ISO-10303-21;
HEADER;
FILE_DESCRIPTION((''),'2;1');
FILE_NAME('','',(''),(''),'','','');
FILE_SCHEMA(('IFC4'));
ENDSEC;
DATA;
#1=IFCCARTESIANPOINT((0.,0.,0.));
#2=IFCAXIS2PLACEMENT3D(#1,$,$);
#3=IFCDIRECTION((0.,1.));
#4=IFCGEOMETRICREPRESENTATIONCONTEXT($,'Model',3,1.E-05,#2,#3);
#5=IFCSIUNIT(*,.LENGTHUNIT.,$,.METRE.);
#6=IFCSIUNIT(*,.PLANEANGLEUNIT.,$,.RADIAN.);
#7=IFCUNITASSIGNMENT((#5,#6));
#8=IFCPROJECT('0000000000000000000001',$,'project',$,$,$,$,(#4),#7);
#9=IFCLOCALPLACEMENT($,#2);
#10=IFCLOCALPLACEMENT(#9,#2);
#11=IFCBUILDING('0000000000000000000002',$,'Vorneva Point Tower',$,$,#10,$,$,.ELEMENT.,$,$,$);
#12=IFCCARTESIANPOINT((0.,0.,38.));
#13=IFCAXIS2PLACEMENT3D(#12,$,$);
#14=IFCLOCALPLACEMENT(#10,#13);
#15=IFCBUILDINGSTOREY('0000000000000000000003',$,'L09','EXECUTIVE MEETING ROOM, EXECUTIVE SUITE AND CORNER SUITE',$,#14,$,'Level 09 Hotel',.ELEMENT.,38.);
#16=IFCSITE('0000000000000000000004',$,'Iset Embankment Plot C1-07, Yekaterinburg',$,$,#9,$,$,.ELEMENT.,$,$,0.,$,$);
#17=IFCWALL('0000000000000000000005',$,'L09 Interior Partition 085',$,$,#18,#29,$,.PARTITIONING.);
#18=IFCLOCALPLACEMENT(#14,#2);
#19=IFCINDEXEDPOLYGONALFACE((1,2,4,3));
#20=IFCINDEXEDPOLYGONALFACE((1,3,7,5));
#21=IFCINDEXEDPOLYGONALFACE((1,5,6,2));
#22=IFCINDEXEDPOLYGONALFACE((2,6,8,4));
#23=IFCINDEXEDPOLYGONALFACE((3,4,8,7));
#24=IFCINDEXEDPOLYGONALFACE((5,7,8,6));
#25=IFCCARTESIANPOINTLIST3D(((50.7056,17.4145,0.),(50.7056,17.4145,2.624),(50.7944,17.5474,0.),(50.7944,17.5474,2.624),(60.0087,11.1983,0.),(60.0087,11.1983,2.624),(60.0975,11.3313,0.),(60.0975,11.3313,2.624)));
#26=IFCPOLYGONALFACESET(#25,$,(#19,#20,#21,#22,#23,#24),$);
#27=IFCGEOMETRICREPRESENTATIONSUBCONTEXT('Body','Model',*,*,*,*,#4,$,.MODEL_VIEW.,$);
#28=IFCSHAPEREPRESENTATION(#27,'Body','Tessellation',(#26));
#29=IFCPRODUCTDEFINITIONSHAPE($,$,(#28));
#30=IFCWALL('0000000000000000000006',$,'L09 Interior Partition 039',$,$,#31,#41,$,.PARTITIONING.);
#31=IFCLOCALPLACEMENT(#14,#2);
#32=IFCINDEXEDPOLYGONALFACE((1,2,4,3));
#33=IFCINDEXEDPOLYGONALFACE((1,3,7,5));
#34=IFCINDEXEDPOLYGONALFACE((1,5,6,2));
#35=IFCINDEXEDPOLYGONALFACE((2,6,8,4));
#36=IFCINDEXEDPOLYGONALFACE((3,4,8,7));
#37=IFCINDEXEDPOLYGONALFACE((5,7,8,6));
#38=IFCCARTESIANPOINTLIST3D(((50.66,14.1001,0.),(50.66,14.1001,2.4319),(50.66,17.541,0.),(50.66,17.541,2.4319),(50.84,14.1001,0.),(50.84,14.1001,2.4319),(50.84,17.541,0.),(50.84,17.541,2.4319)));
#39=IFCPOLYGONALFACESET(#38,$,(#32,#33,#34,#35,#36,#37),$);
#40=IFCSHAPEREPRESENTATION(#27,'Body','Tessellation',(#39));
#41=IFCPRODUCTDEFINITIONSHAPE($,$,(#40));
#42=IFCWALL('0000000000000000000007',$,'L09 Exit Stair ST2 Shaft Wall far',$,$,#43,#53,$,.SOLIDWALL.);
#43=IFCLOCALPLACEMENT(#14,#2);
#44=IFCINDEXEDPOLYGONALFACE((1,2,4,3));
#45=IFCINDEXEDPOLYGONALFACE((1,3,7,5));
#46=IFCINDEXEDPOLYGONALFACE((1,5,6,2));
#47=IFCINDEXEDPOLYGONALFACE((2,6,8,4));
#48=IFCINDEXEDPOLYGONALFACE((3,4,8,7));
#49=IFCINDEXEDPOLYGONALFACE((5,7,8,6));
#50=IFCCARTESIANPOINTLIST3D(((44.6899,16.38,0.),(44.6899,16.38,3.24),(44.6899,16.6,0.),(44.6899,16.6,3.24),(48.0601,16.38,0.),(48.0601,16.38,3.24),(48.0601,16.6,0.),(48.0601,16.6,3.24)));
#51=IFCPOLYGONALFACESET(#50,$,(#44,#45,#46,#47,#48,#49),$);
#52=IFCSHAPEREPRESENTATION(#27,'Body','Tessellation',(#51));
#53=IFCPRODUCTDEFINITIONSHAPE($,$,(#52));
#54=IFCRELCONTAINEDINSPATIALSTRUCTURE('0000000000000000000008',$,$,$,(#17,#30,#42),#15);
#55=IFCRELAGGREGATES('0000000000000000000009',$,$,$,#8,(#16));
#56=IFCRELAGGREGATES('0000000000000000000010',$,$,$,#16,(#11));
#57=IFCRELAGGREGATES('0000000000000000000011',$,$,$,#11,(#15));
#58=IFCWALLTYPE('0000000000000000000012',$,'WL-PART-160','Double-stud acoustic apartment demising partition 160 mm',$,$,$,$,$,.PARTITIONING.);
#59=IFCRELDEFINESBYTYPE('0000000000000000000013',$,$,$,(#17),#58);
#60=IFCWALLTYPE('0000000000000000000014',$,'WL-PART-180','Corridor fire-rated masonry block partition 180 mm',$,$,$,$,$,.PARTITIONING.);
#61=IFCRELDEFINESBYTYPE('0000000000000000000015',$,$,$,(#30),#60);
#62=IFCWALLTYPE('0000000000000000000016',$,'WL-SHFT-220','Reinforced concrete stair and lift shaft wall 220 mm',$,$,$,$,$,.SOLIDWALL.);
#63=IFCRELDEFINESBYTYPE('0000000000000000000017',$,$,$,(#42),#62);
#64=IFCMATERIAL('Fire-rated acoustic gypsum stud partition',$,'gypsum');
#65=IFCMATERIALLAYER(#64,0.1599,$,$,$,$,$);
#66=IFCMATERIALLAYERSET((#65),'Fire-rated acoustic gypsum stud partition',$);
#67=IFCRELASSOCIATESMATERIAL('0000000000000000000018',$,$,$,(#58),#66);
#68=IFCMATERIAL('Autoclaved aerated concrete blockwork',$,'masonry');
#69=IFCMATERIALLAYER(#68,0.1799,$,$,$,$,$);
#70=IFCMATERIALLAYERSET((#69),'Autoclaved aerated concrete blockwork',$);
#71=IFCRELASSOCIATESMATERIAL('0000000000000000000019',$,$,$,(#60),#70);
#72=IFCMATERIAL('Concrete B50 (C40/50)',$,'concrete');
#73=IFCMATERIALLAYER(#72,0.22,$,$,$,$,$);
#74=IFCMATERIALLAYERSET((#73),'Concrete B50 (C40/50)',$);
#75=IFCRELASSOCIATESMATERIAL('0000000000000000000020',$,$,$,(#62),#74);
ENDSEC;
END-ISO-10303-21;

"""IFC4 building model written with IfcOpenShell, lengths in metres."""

from ifc_helpers import new_model, si_unit, direction, frame, frame_2d, origin, place, context, subcontext, project, spatial, rectangle, extrude, material, layer, layer_set, type_object, element, save


model = new_model("IFC4")

# Units and contexts
model_context = context("Model", 3, precision=1e-05, world=origin(), true_north=direction((0.0, 1.0)))
body_context = subcontext(model_context, "Body", "Model", "MODEL_VIEW")
ifc_project = project(units=[si_unit("LENGTHUNIT", "METRE"), si_unit("PLANEANGLEUNIT", "RADIAN")], contexts=[model_context])

# Site, building, storey
site_placement = place(None, origin())
site = spatial("IfcSite", under=ifc_project, at=site_placement, Name="Iset Embankment Plot C1-07, Yekaterinburg", CompositionType="ELEMENT", RefElevation=0.0)
building_placement = place(site_placement, origin())
building = spatial("IfcBuilding", under=site, at=building_placement, Name="Vorneva Point Tower", CompositionType="ELEMENT")
storey_placement = place(building_placement, frame((0.0, 0.0, 38.0)))
storey = spatial("IfcBuildingStorey", under=building, at=storey_placement, Name="L09", Description="EXECUTIVE MEETING ROOM, EXECUTIVE SUITE AND CORNER SUITE", LongName="Level 09 Hotel", CompositionType="ELEMENT", Elevation=38.0)

# Walls
ifc_material_1 = material(Name="Fire-rated acoustic gypsum stud partition", Category="gypsum")
ifc_layer_1 = layer(ifc_material_1, 0.1599)
ifc_layer_set_1 = layer_set([ifc_layer_1], Name="Fire-rated acoustic gypsum stud partition")
wall_type_1 = type_object("IfcWallType", Name="WL-PART-160", Description="Double-stud acoustic apartment demising partition 160 mm", PredefinedType="PARTITIONING", material=ifc_layer_set_1)
wall_1_placement = place(storey_placement, frame((60.053, 11.2649, 0.0), z_axis=(0.0, 0.0, 1.0), x_axis=(-0.831469, 0.555571, 0.0)))
element("IfcWall", 1, at=wall_1_placement, inside=storey, type_object=wall_type_1, Name="L09 Interior Partition 085", PredefinedType="PARTITIONING", context=body_context, shape_type="SweptSolid", body=[
    extrude(rectangle(XDim=11.1887, YDim=0.1599, at=frame_2d((5.5942, 0.0))), origin(), (0.0, 0.0, 1.0), 2.624),
])
ifc_material_2 = material(Name="Autoclaved aerated concrete blockwork", Category="masonry")
ifc_layer_2 = layer(ifc_material_2, 0.1799)
ifc_layer_set_2 = layer_set([ifc_layer_2], Name="Autoclaved aerated concrete blockwork")
wall_type_2 = type_object("IfcWallType", Name="WL-PART-180", Description="Corridor fire-rated masonry block partition 180 mm", PredefinedType="PARTITIONING", material=ifc_layer_set_2)
wall_2_placement = place(storey_placement, frame((50.75, 14.1001, 0.0), z_axis=(0.0, 0.0, 1.0), x_axis=(0.0, 1.0, 0.0)))
element("IfcWall", 2, at=wall_2_placement, inside=storey, type_object=wall_type_2, Name="L09 Interior Partition 039", PredefinedType="PARTITIONING", context=body_context, shape_type="SweptSolid", body=[
    extrude(rectangle(XDim=3.4409, YDim=0.1799, at=frame_2d((1.7205, 0.0))), origin(), (0.0, 0.0, 1.0), 2.4319),
])
ifc_material_3 = material(Name="Concrete B50 (C40/50)", Category="concrete")
ifc_layer_3 = layer(ifc_material_3, 0.22)
ifc_layer_set_3 = layer_set([ifc_layer_3], Name="Concrete B50 (C40/50)")
wall_type_3 = type_object("IfcWallType", Name="WL-SHFT-220", Description="Reinforced concrete stair and lift shaft wall 220 mm", PredefinedType="SOLIDWALL", material=ifc_layer_set_3)
wall_3_placement = place(storey_placement, frame((48.0601, 16.49, 0.0), z_axis=(0.0, 0.0, 1.0), x_axis=(-1.0, 0.0, 0.0)))
element("IfcWall", 3, at=wall_3_placement, inside=storey, type_object=wall_type_3, Name="L09 Exit Stair ST2 Shaft Wall far", PredefinedType="SOLIDWALL", context=body_context, shape_type="SweptSolid", body=[
    extrude(rectangle(XDim=3.3701, YDim=0.22, at=frame_2d((1.6851, 0.0))), origin(), (0.0, 0.0, 1.0), 3.24),
])

save(model, "model.ifc")
